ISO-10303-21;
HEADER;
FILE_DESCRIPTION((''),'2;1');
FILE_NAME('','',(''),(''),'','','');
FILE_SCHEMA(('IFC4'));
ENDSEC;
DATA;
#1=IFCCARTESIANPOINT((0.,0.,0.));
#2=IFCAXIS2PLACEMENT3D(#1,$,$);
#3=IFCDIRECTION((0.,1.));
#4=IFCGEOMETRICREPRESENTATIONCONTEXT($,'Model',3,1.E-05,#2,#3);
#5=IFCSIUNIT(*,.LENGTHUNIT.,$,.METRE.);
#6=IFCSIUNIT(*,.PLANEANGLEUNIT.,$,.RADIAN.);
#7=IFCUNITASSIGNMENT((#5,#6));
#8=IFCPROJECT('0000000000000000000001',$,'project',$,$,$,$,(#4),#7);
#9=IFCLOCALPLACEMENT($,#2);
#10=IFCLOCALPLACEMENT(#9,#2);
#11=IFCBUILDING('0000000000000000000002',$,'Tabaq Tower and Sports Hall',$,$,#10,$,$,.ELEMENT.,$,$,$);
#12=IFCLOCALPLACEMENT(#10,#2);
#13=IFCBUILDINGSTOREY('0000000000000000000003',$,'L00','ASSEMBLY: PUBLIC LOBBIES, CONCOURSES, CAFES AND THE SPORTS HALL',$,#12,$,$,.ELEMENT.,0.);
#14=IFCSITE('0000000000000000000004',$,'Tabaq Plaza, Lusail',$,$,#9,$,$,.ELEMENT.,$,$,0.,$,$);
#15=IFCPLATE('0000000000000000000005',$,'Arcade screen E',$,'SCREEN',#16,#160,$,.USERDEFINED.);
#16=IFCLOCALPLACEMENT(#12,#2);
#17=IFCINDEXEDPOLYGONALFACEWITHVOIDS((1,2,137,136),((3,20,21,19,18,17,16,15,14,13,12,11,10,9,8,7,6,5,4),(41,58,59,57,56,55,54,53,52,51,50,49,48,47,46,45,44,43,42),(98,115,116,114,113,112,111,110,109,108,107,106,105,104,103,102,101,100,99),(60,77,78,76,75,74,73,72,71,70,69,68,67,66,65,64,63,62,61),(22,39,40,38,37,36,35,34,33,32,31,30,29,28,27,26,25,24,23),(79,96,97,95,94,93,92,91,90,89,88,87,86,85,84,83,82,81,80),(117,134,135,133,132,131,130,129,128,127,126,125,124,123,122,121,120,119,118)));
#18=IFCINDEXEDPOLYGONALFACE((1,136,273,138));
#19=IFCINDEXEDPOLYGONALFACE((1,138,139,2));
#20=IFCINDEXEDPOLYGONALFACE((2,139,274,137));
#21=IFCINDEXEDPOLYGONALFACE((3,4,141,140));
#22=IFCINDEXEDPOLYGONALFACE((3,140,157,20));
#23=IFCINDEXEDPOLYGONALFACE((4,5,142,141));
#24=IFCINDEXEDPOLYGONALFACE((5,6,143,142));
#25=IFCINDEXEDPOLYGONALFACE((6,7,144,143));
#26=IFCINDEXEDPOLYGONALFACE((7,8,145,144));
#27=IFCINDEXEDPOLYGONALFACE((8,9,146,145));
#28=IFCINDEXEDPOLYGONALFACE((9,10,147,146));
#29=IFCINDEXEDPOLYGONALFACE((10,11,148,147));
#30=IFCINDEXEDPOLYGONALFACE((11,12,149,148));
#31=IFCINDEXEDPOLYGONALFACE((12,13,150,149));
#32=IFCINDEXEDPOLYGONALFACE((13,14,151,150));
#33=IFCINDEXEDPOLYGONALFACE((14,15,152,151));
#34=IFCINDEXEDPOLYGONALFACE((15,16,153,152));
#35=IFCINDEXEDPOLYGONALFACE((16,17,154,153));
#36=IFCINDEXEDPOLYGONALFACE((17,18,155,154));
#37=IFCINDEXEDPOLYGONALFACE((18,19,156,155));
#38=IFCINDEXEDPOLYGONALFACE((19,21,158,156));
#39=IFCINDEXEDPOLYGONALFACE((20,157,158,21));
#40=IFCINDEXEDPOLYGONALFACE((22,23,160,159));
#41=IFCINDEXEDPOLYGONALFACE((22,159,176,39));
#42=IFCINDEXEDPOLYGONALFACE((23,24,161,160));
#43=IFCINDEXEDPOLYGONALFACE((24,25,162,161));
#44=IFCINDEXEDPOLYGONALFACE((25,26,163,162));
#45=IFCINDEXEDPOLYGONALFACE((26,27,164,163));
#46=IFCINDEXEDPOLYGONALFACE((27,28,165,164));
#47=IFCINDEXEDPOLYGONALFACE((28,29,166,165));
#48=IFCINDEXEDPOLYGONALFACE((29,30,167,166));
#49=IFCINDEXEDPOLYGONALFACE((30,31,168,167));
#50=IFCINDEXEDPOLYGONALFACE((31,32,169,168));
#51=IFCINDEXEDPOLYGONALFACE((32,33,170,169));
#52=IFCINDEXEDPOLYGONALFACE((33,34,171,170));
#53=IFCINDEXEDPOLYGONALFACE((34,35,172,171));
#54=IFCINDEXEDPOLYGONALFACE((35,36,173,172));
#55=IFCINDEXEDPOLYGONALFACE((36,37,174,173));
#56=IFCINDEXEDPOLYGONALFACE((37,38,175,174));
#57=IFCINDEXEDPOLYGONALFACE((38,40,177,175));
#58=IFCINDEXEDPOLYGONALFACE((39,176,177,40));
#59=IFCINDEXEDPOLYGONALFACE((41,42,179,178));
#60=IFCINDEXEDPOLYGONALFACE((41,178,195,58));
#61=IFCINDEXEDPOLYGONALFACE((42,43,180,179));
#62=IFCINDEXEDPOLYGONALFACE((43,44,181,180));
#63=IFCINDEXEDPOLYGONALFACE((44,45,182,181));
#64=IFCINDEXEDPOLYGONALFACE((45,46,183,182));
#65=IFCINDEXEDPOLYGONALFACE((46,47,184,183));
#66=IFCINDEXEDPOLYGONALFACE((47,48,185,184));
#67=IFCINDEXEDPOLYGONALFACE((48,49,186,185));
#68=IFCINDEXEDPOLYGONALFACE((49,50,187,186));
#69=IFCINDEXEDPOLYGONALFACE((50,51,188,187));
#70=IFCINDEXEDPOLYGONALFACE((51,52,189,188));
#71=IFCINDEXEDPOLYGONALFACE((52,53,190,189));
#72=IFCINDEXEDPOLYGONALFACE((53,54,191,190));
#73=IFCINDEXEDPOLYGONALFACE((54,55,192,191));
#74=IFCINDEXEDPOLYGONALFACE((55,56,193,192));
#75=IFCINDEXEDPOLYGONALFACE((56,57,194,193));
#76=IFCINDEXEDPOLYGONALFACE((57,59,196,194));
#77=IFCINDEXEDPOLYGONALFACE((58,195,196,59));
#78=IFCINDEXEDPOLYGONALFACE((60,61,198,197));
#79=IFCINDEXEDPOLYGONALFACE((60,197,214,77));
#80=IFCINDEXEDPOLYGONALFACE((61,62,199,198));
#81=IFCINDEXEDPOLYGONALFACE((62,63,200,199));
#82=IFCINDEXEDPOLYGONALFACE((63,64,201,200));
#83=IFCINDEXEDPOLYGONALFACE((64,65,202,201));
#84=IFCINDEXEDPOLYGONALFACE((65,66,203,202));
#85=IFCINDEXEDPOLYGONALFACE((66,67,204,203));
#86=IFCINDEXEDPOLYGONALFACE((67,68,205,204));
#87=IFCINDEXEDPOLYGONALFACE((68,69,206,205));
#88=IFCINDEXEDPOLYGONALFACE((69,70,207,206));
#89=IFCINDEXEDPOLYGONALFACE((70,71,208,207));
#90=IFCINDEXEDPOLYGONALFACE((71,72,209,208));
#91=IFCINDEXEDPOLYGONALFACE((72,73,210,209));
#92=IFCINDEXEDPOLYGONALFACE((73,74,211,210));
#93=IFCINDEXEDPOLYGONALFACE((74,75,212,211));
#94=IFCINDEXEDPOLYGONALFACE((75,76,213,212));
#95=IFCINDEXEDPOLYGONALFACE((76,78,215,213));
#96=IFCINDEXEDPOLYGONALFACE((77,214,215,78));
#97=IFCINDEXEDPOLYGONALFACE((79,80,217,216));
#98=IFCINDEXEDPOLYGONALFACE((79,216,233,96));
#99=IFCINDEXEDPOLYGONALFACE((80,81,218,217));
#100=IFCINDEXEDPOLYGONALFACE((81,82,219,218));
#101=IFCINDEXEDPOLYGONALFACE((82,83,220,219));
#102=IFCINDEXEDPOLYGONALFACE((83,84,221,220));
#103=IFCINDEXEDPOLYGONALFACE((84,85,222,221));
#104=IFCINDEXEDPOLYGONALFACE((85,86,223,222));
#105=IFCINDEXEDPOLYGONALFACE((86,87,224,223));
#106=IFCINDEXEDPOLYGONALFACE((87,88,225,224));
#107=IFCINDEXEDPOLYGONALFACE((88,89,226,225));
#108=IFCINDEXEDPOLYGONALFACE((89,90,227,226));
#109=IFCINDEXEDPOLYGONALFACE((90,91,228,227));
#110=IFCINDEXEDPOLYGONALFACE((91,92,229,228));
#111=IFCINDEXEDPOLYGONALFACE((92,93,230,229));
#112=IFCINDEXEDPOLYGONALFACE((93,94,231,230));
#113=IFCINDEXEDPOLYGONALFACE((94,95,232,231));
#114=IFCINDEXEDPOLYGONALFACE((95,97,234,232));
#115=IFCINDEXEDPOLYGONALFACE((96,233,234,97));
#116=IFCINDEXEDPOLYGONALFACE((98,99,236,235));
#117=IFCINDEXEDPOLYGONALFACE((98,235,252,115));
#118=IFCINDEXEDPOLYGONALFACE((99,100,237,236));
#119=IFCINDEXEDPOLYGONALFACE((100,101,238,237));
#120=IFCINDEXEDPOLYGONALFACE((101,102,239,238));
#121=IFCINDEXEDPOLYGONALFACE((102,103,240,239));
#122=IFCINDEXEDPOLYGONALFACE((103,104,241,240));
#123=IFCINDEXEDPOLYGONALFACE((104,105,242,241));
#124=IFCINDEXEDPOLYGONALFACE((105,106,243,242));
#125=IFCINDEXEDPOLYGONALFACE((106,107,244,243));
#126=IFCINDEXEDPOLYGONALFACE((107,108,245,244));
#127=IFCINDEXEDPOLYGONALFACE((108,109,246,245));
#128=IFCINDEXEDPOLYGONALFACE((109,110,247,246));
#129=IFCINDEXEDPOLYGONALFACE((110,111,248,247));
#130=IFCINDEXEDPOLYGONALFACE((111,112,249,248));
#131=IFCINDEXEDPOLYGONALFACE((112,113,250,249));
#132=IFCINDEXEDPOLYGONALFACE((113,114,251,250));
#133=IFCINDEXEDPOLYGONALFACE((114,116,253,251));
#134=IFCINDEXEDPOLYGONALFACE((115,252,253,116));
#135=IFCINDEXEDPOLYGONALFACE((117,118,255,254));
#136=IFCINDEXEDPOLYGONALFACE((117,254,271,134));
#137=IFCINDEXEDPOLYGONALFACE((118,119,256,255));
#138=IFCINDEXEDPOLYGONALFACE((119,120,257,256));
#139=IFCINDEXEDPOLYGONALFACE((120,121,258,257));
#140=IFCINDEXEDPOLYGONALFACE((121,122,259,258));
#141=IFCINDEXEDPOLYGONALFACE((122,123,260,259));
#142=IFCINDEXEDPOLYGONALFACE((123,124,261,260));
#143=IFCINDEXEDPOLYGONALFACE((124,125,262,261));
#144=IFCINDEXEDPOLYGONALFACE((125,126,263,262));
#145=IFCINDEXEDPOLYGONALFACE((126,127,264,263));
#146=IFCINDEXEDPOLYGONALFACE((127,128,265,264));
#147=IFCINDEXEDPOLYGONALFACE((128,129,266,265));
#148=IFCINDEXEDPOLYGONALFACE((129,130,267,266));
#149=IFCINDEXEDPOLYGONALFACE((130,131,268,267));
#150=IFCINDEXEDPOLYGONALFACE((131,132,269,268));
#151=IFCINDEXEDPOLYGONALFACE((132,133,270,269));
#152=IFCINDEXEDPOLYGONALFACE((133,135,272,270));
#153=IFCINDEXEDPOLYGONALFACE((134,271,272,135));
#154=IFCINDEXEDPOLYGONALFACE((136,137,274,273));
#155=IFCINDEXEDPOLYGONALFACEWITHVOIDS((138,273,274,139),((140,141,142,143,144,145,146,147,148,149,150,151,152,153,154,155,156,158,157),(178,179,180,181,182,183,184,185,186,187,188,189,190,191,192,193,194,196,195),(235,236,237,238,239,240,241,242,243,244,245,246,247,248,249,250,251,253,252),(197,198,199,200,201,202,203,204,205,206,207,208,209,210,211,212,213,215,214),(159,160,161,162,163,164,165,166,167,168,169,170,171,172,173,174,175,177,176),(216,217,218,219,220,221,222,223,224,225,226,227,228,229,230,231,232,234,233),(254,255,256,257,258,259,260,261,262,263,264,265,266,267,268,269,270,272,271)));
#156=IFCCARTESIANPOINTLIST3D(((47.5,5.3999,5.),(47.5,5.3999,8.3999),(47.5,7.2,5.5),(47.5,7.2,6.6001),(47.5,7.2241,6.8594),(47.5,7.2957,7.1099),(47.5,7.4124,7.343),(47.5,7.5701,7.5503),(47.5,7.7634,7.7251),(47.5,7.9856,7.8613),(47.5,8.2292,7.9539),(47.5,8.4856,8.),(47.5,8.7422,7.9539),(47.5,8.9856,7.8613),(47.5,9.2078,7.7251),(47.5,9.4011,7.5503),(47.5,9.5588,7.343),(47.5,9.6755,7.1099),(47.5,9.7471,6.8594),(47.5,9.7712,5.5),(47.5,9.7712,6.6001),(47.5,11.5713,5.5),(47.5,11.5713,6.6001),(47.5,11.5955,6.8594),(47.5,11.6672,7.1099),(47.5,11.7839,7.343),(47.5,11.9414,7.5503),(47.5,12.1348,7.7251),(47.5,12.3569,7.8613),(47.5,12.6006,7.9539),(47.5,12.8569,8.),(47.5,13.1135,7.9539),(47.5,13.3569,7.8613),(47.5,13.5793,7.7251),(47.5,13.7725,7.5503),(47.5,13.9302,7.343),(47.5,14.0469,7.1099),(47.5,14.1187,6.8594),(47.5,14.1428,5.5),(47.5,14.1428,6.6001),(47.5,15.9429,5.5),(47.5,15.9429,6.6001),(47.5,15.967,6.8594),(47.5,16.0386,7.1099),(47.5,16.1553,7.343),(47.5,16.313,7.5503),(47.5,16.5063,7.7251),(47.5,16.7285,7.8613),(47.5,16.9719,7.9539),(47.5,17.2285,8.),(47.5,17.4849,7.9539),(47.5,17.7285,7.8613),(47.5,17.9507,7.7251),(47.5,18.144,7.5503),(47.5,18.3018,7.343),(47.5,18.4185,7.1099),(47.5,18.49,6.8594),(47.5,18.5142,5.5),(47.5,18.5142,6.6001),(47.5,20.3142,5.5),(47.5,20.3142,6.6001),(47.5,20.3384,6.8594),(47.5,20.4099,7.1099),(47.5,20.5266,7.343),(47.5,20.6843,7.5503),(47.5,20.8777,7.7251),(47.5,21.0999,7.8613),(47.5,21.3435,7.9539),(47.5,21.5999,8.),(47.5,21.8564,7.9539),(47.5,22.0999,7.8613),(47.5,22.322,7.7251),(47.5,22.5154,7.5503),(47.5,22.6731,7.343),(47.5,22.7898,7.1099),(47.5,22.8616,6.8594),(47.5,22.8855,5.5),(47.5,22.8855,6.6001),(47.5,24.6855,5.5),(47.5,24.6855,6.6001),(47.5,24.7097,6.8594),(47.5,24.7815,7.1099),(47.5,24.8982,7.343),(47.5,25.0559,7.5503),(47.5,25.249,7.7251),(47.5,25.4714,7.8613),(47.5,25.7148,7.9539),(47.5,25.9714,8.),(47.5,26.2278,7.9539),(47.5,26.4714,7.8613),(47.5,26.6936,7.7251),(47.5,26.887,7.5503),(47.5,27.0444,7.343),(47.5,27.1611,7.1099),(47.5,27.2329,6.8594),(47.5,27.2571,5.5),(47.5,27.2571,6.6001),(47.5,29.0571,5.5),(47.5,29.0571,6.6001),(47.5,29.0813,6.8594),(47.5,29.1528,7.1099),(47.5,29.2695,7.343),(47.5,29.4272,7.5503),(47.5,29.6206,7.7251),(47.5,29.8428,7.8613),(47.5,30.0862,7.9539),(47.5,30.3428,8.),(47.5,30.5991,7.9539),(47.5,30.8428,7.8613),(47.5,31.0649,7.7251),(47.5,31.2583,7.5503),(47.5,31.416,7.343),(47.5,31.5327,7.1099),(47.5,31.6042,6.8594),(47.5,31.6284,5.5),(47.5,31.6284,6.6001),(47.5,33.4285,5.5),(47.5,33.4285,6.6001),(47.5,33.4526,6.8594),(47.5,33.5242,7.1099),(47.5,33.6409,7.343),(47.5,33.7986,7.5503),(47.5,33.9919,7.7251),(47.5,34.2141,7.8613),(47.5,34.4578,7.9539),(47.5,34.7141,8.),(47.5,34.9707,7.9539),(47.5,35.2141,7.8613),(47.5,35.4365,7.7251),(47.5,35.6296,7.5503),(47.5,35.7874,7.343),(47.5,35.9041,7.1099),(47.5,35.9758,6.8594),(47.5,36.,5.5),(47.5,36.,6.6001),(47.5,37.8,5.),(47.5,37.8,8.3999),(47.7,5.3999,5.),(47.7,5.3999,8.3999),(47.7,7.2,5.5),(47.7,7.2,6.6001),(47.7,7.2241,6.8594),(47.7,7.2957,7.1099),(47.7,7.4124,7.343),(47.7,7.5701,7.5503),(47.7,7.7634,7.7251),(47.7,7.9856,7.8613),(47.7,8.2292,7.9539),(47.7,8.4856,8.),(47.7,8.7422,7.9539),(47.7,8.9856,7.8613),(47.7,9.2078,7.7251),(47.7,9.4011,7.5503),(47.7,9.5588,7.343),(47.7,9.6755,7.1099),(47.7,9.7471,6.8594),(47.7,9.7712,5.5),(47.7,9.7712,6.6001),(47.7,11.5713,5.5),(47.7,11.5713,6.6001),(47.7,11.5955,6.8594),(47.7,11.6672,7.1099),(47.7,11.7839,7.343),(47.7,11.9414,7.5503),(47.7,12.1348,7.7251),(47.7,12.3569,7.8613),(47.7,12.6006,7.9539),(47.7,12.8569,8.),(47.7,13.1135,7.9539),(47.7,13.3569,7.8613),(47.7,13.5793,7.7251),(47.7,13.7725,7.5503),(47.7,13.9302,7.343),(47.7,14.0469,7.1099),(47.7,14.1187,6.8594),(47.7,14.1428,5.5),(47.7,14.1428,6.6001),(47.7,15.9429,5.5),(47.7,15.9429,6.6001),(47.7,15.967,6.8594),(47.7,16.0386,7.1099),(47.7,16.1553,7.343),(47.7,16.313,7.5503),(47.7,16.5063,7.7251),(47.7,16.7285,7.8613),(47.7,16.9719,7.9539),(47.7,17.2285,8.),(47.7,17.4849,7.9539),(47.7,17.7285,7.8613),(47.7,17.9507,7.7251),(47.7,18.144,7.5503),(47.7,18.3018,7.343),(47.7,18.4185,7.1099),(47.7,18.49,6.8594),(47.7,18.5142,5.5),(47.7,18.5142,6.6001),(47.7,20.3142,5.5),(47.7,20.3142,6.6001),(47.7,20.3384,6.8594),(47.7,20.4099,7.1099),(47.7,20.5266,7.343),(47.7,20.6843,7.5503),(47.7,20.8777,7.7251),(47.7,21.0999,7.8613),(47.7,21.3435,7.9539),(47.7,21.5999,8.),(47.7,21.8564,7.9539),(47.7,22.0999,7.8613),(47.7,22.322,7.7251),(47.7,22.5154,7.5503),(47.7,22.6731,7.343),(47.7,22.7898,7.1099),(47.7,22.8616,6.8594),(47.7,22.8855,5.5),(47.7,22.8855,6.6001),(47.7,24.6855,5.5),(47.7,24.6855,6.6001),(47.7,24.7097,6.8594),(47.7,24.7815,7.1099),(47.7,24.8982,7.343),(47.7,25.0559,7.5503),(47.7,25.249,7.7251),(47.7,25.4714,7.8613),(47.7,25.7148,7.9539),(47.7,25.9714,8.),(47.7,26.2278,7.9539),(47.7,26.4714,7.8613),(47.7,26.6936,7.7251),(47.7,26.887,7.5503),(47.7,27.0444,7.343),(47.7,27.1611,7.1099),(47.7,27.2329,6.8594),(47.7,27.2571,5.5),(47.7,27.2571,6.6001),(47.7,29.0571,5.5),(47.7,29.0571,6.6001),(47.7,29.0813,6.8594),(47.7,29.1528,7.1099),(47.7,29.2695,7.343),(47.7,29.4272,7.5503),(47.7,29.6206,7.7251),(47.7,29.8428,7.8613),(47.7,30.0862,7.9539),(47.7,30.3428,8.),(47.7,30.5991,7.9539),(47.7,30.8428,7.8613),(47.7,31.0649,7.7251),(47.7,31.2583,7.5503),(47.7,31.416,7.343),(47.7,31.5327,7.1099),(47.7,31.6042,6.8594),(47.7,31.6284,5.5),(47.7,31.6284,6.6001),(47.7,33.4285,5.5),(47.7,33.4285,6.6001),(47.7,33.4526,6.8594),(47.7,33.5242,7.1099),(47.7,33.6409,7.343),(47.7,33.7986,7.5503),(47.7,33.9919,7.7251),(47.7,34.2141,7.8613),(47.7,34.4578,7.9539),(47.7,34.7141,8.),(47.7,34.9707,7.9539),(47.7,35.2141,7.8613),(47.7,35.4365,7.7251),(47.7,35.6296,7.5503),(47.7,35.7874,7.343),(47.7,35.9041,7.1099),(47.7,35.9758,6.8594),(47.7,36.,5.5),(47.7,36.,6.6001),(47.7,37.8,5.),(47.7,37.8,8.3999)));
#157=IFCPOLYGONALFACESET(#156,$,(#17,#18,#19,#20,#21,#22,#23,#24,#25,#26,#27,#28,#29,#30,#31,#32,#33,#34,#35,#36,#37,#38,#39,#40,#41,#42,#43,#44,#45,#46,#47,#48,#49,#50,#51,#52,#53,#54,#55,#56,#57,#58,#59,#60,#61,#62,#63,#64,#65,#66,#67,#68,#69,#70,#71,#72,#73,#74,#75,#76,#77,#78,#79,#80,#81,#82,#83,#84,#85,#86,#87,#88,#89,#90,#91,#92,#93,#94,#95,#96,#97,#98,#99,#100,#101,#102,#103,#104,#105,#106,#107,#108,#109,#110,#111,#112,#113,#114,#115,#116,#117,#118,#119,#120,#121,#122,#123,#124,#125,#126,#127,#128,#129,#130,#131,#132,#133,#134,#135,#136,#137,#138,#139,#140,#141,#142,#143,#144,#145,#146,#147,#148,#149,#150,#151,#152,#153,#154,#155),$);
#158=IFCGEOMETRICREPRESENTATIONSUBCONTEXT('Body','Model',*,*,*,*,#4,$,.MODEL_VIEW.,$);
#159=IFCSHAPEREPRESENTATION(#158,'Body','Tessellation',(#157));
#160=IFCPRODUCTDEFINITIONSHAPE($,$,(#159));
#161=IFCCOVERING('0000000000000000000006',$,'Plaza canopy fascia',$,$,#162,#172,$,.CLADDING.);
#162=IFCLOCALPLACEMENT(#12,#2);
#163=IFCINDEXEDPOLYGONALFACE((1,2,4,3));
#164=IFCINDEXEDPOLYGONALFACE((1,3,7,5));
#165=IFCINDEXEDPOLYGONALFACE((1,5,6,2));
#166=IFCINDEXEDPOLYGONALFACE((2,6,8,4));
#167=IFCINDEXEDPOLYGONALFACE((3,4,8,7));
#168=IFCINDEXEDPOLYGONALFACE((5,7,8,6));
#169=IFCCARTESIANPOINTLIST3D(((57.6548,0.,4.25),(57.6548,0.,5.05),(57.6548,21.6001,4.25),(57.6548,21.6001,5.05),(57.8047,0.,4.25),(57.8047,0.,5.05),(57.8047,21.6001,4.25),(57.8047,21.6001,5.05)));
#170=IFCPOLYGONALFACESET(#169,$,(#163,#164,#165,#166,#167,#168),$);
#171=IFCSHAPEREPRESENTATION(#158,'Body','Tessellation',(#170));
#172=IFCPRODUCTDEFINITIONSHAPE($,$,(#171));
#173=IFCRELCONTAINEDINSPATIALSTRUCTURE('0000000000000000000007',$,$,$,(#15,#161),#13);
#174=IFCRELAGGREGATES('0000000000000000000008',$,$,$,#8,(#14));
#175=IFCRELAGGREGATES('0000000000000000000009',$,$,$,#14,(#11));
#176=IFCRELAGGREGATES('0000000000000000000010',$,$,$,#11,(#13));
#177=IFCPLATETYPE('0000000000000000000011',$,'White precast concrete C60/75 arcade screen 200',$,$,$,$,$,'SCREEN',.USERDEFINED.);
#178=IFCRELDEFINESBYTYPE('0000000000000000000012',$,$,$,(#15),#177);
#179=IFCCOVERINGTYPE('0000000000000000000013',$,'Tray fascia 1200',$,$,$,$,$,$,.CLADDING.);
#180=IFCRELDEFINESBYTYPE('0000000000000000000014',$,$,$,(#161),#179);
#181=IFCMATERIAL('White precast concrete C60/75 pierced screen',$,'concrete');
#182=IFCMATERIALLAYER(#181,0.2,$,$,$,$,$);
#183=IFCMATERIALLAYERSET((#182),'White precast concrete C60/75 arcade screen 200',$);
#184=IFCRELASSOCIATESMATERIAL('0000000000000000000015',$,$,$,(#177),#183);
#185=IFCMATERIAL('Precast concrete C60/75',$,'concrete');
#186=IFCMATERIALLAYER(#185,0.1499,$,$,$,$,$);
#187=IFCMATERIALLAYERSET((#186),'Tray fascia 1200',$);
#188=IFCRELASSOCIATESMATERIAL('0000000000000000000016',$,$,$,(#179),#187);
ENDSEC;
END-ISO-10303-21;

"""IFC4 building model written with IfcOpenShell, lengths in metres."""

from ifc_helpers import new_model, si_unit, direction, frame, frame_2d, origin, place, context, subcontext, project, spatial, polyline, rectangle, outline, extrude, material, layer, layer_set, type_object, element, save


model = new_model("IFC4")

# Units and contexts
model_context = context("Model", 3, precision=1e-05, world=origin(), true_north=direction((0.0, 1.0)))
body_context = subcontext(model_context, "Body", "Model", "MODEL_VIEW")
ifc_project = project(units=[si_unit("LENGTHUNIT", "METRE"), si_unit("PLANEANGLEUNIT", "RADIAN")], contexts=[model_context])

# Site, building, storey
site_placement = place(None, origin())
site = spatial("IfcSite", under=ifc_project, at=site_placement, Name="Tabaq Plaza, Lusail", CompositionType="ELEMENT", RefElevation=0.0)
building_placement = place(site_placement, origin())
building = spatial("IfcBuilding", under=site, at=building_placement, Name="Tabaq Tower and Sports Hall", CompositionType="ELEMENT")
storey_placement = place(building_placement, origin())
storey = spatial("IfcBuildingStorey", under=building, at=storey_placement, Name="L00", Description="ASSEMBLY: PUBLIC LOBBIES, CONCOURSES, CAFES AND THE SPORTS HALL", CompositionType="ELEMENT", Elevation=0.0)

# Plate
ifc_material_1 = material(Name="White precast concrete C60/75 pierced screen", Category="concrete")
ifc_layer_1 = layer(ifc_material_1, 0.2)
ifc_layer_set_1 = layer_set([ifc_layer_1], Name="White precast concrete C60/75 arcade screen 200")
plate_type = type_object("IfcPlateType", Name="White precast concrete C60/75 arcade screen 200", ElementType="SCREEN", PredefinedType="USERDEFINED", material=ifc_layer_set_1)
plate_placement = place(storey_placement, frame((47.6001, 5.3999, 5.0), z_axis=(0.0, 0.0, 1.0), x_axis=(0.0, 1.0, 0.0)))
element("IfcPlate", 1, at=plate_placement, inside=storey, type_object=plate_type, Name="Arcade screen E", ObjectType="SCREEN", PredefinedType="USERDEFINED", context=body_context, shape_type="SweptSolid", body=[
    extrude(outline(polyline([(0.0, 0.0), (32.4001, 0.0), (32.4001, 3.3999), (0.0, 3.3999), (0.0, 0.0)]), holes=[polyline([(1.8, 0.5), (4.3713, 0.5), (4.3713, 1.6001), (4.3472, 1.8594), (4.2756, 2.1099), (4.1589, 2.343), (4.0012, 2.5503), (3.8079, 2.7251), (3.5857, 2.8613), (3.3423, 2.9539), (3.0857, 3.0), (2.8293, 2.9539), (2.5857, 2.8613), (2.3635, 2.7251), (2.1702, 2.5503), (2.0125, 2.343), (1.8958, 2.1099), (1.8242, 1.8594), (1.8, 1.6001), (1.8, 0.5)]), polyline([(6.1714, 0.5), (8.7429, 0.5), (8.7429, 1.6001), (8.7188, 1.8594), (8.647, 2.1099), (8.5303, 2.343), (8.3726, 2.5503), (8.1794, 2.7251), (7.957, 2.8613), (7.7136, 2.9539), (7.457, 3.0), (7.2007, 2.9539), (6.957, 2.8613), (6.7349, 2.7251), (6.5415, 2.5503), (6.384, 2.343), (6.2673, 2.1099), (6.1956, 1.8594), (6.1714, 1.6001), (6.1714, 0.5)]), polyline([(10.543, 0.5), (13.1143, 0.5), (13.1143, 1.6001), (13.0901, 1.8594), (13.0186, 2.1099), (12.9019, 2.343), (12.7441, 2.5503), (12.5508, 2.7251), (12.3286, 2.8613), (12.085, 2.9539), (11.8286, 3.0), (11.572, 2.9539), (11.3286, 2.8613), (11.1064, 2.7251), (10.9131, 2.5503), (10.7554, 2.343), (10.6387, 2.1099), (10.5671, 1.8594), (10.543, 1.6001), (10.543, 0.5)]), polyline([(14.9143, 0.5), (17.4856, 0.5), (17.4856, 1.6001), (17.4617, 1.8594), (17.3899, 2.1099), (17.2732, 2.343), (17.1155, 2.5503), (16.9221, 2.7251), (16.7, 2.8613), (16.4565, 2.9539), (16.2, 3.0), (15.9436, 2.9539), (15.7, 2.8613), (15.4778, 2.7251), (15.2844, 2.5503), (15.1267, 2.343), (15.01, 2.1099), (14.9385, 1.8594), (14.9143, 1.6001), (14.9143, 0.5)]), polyline([(19.2856, 0.5), (21.8572, 0.5), (21.8572, 1.6001), (21.833, 1.8594), (21.7612, 2.1099), (21.6445, 2.343), (21.4871, 2.5503), (21.2937, 2.7251), (21.0715, 2.8613), (20.8279, 2.9539), (20.5715, 3.0), (20.3149, 2.9539), (20.0715, 2.8613), (19.8491, 2.7251), (19.656, 2.5503), (19.4983, 2.343), (19.3816, 2.1099), (19.3098, 1.8594), (19.2856, 1.6001), (19.2856, 0.5)]), polyline([(23.6572, 0.5), (26.2285, 0.5), (26.2285, 1.6001), (26.2043, 1.8594), (26.1328, 2.1099), (26.0161, 2.343), (25.8584, 2.5503), (25.665, 2.7251), (25.4429, 2.8613), (25.1992, 2.9539), (24.9429, 3.0), (24.6863, 2.9539), (24.4429, 2.8613), (24.2207, 2.7251), (24.0273, 2.5503), (23.8696, 2.343), (23.7529, 2.1099), (23.6814, 1.8594), (23.6572, 1.6001), (23.6572, 0.5)]), polyline([(28.0286, 0.5), (30.6001, 0.5), (30.6001, 1.6001), (30.5759, 1.8594), (30.5042, 2.1099), (30.3875, 2.343), (30.2297, 2.5503), (30.0366, 2.7251), (29.8142, 2.8613), (29.5708, 2.9539), (29.3142, 3.0), (29.0579, 2.9539), (28.8142, 2.8613), (28.592, 2.7251), (28.3987, 2.5503), (28.241, 2.343), (28.1243, 2.1099), (28.0527, 1.8594), (28.0286, 1.6001), (28.0286, 0.5)])]), frame((0.0, 0.1001, 0.0), z_axis=(0.0, -1.0, 0.0), x_axis=(1.0, 0.0, 0.0)), (0.0, 0.0, 1.0), 0.2),
])

# Covering
ifc_material_2 = material(Name="Precast concrete C60/75", Category="concrete")
ifc_layer_2 = layer(ifc_material_2, 0.1499)
ifc_layer_set_2 = layer_set([ifc_layer_2], Name="Tray fascia 1200")
covering_type = type_object("IfcCoveringType", Name="Tray fascia 1200", PredefinedType="CLADDING", material=ifc_layer_set_2)
covering_placement = place(storey_placement, frame((57.7297, 0.0, 4.25), z_axis=(0.0, 0.0, 1.0), x_axis=(0.0, 1.0, 0.0)))
element("IfcCovering", 2, at=covering_placement, inside=storey, type_object=covering_type, Name="Plaza canopy fascia", PredefinedType="CLADDING", context=body_context, shape_type="SweptSolid", body=[
    extrude(rectangle(XDim=21.6001, YDim=0.1499, at=frame_2d((10.8, 0.0))), origin(), (0.0, 0.0, 1.0), 0.8),
])

save(model, "model.ifc")
